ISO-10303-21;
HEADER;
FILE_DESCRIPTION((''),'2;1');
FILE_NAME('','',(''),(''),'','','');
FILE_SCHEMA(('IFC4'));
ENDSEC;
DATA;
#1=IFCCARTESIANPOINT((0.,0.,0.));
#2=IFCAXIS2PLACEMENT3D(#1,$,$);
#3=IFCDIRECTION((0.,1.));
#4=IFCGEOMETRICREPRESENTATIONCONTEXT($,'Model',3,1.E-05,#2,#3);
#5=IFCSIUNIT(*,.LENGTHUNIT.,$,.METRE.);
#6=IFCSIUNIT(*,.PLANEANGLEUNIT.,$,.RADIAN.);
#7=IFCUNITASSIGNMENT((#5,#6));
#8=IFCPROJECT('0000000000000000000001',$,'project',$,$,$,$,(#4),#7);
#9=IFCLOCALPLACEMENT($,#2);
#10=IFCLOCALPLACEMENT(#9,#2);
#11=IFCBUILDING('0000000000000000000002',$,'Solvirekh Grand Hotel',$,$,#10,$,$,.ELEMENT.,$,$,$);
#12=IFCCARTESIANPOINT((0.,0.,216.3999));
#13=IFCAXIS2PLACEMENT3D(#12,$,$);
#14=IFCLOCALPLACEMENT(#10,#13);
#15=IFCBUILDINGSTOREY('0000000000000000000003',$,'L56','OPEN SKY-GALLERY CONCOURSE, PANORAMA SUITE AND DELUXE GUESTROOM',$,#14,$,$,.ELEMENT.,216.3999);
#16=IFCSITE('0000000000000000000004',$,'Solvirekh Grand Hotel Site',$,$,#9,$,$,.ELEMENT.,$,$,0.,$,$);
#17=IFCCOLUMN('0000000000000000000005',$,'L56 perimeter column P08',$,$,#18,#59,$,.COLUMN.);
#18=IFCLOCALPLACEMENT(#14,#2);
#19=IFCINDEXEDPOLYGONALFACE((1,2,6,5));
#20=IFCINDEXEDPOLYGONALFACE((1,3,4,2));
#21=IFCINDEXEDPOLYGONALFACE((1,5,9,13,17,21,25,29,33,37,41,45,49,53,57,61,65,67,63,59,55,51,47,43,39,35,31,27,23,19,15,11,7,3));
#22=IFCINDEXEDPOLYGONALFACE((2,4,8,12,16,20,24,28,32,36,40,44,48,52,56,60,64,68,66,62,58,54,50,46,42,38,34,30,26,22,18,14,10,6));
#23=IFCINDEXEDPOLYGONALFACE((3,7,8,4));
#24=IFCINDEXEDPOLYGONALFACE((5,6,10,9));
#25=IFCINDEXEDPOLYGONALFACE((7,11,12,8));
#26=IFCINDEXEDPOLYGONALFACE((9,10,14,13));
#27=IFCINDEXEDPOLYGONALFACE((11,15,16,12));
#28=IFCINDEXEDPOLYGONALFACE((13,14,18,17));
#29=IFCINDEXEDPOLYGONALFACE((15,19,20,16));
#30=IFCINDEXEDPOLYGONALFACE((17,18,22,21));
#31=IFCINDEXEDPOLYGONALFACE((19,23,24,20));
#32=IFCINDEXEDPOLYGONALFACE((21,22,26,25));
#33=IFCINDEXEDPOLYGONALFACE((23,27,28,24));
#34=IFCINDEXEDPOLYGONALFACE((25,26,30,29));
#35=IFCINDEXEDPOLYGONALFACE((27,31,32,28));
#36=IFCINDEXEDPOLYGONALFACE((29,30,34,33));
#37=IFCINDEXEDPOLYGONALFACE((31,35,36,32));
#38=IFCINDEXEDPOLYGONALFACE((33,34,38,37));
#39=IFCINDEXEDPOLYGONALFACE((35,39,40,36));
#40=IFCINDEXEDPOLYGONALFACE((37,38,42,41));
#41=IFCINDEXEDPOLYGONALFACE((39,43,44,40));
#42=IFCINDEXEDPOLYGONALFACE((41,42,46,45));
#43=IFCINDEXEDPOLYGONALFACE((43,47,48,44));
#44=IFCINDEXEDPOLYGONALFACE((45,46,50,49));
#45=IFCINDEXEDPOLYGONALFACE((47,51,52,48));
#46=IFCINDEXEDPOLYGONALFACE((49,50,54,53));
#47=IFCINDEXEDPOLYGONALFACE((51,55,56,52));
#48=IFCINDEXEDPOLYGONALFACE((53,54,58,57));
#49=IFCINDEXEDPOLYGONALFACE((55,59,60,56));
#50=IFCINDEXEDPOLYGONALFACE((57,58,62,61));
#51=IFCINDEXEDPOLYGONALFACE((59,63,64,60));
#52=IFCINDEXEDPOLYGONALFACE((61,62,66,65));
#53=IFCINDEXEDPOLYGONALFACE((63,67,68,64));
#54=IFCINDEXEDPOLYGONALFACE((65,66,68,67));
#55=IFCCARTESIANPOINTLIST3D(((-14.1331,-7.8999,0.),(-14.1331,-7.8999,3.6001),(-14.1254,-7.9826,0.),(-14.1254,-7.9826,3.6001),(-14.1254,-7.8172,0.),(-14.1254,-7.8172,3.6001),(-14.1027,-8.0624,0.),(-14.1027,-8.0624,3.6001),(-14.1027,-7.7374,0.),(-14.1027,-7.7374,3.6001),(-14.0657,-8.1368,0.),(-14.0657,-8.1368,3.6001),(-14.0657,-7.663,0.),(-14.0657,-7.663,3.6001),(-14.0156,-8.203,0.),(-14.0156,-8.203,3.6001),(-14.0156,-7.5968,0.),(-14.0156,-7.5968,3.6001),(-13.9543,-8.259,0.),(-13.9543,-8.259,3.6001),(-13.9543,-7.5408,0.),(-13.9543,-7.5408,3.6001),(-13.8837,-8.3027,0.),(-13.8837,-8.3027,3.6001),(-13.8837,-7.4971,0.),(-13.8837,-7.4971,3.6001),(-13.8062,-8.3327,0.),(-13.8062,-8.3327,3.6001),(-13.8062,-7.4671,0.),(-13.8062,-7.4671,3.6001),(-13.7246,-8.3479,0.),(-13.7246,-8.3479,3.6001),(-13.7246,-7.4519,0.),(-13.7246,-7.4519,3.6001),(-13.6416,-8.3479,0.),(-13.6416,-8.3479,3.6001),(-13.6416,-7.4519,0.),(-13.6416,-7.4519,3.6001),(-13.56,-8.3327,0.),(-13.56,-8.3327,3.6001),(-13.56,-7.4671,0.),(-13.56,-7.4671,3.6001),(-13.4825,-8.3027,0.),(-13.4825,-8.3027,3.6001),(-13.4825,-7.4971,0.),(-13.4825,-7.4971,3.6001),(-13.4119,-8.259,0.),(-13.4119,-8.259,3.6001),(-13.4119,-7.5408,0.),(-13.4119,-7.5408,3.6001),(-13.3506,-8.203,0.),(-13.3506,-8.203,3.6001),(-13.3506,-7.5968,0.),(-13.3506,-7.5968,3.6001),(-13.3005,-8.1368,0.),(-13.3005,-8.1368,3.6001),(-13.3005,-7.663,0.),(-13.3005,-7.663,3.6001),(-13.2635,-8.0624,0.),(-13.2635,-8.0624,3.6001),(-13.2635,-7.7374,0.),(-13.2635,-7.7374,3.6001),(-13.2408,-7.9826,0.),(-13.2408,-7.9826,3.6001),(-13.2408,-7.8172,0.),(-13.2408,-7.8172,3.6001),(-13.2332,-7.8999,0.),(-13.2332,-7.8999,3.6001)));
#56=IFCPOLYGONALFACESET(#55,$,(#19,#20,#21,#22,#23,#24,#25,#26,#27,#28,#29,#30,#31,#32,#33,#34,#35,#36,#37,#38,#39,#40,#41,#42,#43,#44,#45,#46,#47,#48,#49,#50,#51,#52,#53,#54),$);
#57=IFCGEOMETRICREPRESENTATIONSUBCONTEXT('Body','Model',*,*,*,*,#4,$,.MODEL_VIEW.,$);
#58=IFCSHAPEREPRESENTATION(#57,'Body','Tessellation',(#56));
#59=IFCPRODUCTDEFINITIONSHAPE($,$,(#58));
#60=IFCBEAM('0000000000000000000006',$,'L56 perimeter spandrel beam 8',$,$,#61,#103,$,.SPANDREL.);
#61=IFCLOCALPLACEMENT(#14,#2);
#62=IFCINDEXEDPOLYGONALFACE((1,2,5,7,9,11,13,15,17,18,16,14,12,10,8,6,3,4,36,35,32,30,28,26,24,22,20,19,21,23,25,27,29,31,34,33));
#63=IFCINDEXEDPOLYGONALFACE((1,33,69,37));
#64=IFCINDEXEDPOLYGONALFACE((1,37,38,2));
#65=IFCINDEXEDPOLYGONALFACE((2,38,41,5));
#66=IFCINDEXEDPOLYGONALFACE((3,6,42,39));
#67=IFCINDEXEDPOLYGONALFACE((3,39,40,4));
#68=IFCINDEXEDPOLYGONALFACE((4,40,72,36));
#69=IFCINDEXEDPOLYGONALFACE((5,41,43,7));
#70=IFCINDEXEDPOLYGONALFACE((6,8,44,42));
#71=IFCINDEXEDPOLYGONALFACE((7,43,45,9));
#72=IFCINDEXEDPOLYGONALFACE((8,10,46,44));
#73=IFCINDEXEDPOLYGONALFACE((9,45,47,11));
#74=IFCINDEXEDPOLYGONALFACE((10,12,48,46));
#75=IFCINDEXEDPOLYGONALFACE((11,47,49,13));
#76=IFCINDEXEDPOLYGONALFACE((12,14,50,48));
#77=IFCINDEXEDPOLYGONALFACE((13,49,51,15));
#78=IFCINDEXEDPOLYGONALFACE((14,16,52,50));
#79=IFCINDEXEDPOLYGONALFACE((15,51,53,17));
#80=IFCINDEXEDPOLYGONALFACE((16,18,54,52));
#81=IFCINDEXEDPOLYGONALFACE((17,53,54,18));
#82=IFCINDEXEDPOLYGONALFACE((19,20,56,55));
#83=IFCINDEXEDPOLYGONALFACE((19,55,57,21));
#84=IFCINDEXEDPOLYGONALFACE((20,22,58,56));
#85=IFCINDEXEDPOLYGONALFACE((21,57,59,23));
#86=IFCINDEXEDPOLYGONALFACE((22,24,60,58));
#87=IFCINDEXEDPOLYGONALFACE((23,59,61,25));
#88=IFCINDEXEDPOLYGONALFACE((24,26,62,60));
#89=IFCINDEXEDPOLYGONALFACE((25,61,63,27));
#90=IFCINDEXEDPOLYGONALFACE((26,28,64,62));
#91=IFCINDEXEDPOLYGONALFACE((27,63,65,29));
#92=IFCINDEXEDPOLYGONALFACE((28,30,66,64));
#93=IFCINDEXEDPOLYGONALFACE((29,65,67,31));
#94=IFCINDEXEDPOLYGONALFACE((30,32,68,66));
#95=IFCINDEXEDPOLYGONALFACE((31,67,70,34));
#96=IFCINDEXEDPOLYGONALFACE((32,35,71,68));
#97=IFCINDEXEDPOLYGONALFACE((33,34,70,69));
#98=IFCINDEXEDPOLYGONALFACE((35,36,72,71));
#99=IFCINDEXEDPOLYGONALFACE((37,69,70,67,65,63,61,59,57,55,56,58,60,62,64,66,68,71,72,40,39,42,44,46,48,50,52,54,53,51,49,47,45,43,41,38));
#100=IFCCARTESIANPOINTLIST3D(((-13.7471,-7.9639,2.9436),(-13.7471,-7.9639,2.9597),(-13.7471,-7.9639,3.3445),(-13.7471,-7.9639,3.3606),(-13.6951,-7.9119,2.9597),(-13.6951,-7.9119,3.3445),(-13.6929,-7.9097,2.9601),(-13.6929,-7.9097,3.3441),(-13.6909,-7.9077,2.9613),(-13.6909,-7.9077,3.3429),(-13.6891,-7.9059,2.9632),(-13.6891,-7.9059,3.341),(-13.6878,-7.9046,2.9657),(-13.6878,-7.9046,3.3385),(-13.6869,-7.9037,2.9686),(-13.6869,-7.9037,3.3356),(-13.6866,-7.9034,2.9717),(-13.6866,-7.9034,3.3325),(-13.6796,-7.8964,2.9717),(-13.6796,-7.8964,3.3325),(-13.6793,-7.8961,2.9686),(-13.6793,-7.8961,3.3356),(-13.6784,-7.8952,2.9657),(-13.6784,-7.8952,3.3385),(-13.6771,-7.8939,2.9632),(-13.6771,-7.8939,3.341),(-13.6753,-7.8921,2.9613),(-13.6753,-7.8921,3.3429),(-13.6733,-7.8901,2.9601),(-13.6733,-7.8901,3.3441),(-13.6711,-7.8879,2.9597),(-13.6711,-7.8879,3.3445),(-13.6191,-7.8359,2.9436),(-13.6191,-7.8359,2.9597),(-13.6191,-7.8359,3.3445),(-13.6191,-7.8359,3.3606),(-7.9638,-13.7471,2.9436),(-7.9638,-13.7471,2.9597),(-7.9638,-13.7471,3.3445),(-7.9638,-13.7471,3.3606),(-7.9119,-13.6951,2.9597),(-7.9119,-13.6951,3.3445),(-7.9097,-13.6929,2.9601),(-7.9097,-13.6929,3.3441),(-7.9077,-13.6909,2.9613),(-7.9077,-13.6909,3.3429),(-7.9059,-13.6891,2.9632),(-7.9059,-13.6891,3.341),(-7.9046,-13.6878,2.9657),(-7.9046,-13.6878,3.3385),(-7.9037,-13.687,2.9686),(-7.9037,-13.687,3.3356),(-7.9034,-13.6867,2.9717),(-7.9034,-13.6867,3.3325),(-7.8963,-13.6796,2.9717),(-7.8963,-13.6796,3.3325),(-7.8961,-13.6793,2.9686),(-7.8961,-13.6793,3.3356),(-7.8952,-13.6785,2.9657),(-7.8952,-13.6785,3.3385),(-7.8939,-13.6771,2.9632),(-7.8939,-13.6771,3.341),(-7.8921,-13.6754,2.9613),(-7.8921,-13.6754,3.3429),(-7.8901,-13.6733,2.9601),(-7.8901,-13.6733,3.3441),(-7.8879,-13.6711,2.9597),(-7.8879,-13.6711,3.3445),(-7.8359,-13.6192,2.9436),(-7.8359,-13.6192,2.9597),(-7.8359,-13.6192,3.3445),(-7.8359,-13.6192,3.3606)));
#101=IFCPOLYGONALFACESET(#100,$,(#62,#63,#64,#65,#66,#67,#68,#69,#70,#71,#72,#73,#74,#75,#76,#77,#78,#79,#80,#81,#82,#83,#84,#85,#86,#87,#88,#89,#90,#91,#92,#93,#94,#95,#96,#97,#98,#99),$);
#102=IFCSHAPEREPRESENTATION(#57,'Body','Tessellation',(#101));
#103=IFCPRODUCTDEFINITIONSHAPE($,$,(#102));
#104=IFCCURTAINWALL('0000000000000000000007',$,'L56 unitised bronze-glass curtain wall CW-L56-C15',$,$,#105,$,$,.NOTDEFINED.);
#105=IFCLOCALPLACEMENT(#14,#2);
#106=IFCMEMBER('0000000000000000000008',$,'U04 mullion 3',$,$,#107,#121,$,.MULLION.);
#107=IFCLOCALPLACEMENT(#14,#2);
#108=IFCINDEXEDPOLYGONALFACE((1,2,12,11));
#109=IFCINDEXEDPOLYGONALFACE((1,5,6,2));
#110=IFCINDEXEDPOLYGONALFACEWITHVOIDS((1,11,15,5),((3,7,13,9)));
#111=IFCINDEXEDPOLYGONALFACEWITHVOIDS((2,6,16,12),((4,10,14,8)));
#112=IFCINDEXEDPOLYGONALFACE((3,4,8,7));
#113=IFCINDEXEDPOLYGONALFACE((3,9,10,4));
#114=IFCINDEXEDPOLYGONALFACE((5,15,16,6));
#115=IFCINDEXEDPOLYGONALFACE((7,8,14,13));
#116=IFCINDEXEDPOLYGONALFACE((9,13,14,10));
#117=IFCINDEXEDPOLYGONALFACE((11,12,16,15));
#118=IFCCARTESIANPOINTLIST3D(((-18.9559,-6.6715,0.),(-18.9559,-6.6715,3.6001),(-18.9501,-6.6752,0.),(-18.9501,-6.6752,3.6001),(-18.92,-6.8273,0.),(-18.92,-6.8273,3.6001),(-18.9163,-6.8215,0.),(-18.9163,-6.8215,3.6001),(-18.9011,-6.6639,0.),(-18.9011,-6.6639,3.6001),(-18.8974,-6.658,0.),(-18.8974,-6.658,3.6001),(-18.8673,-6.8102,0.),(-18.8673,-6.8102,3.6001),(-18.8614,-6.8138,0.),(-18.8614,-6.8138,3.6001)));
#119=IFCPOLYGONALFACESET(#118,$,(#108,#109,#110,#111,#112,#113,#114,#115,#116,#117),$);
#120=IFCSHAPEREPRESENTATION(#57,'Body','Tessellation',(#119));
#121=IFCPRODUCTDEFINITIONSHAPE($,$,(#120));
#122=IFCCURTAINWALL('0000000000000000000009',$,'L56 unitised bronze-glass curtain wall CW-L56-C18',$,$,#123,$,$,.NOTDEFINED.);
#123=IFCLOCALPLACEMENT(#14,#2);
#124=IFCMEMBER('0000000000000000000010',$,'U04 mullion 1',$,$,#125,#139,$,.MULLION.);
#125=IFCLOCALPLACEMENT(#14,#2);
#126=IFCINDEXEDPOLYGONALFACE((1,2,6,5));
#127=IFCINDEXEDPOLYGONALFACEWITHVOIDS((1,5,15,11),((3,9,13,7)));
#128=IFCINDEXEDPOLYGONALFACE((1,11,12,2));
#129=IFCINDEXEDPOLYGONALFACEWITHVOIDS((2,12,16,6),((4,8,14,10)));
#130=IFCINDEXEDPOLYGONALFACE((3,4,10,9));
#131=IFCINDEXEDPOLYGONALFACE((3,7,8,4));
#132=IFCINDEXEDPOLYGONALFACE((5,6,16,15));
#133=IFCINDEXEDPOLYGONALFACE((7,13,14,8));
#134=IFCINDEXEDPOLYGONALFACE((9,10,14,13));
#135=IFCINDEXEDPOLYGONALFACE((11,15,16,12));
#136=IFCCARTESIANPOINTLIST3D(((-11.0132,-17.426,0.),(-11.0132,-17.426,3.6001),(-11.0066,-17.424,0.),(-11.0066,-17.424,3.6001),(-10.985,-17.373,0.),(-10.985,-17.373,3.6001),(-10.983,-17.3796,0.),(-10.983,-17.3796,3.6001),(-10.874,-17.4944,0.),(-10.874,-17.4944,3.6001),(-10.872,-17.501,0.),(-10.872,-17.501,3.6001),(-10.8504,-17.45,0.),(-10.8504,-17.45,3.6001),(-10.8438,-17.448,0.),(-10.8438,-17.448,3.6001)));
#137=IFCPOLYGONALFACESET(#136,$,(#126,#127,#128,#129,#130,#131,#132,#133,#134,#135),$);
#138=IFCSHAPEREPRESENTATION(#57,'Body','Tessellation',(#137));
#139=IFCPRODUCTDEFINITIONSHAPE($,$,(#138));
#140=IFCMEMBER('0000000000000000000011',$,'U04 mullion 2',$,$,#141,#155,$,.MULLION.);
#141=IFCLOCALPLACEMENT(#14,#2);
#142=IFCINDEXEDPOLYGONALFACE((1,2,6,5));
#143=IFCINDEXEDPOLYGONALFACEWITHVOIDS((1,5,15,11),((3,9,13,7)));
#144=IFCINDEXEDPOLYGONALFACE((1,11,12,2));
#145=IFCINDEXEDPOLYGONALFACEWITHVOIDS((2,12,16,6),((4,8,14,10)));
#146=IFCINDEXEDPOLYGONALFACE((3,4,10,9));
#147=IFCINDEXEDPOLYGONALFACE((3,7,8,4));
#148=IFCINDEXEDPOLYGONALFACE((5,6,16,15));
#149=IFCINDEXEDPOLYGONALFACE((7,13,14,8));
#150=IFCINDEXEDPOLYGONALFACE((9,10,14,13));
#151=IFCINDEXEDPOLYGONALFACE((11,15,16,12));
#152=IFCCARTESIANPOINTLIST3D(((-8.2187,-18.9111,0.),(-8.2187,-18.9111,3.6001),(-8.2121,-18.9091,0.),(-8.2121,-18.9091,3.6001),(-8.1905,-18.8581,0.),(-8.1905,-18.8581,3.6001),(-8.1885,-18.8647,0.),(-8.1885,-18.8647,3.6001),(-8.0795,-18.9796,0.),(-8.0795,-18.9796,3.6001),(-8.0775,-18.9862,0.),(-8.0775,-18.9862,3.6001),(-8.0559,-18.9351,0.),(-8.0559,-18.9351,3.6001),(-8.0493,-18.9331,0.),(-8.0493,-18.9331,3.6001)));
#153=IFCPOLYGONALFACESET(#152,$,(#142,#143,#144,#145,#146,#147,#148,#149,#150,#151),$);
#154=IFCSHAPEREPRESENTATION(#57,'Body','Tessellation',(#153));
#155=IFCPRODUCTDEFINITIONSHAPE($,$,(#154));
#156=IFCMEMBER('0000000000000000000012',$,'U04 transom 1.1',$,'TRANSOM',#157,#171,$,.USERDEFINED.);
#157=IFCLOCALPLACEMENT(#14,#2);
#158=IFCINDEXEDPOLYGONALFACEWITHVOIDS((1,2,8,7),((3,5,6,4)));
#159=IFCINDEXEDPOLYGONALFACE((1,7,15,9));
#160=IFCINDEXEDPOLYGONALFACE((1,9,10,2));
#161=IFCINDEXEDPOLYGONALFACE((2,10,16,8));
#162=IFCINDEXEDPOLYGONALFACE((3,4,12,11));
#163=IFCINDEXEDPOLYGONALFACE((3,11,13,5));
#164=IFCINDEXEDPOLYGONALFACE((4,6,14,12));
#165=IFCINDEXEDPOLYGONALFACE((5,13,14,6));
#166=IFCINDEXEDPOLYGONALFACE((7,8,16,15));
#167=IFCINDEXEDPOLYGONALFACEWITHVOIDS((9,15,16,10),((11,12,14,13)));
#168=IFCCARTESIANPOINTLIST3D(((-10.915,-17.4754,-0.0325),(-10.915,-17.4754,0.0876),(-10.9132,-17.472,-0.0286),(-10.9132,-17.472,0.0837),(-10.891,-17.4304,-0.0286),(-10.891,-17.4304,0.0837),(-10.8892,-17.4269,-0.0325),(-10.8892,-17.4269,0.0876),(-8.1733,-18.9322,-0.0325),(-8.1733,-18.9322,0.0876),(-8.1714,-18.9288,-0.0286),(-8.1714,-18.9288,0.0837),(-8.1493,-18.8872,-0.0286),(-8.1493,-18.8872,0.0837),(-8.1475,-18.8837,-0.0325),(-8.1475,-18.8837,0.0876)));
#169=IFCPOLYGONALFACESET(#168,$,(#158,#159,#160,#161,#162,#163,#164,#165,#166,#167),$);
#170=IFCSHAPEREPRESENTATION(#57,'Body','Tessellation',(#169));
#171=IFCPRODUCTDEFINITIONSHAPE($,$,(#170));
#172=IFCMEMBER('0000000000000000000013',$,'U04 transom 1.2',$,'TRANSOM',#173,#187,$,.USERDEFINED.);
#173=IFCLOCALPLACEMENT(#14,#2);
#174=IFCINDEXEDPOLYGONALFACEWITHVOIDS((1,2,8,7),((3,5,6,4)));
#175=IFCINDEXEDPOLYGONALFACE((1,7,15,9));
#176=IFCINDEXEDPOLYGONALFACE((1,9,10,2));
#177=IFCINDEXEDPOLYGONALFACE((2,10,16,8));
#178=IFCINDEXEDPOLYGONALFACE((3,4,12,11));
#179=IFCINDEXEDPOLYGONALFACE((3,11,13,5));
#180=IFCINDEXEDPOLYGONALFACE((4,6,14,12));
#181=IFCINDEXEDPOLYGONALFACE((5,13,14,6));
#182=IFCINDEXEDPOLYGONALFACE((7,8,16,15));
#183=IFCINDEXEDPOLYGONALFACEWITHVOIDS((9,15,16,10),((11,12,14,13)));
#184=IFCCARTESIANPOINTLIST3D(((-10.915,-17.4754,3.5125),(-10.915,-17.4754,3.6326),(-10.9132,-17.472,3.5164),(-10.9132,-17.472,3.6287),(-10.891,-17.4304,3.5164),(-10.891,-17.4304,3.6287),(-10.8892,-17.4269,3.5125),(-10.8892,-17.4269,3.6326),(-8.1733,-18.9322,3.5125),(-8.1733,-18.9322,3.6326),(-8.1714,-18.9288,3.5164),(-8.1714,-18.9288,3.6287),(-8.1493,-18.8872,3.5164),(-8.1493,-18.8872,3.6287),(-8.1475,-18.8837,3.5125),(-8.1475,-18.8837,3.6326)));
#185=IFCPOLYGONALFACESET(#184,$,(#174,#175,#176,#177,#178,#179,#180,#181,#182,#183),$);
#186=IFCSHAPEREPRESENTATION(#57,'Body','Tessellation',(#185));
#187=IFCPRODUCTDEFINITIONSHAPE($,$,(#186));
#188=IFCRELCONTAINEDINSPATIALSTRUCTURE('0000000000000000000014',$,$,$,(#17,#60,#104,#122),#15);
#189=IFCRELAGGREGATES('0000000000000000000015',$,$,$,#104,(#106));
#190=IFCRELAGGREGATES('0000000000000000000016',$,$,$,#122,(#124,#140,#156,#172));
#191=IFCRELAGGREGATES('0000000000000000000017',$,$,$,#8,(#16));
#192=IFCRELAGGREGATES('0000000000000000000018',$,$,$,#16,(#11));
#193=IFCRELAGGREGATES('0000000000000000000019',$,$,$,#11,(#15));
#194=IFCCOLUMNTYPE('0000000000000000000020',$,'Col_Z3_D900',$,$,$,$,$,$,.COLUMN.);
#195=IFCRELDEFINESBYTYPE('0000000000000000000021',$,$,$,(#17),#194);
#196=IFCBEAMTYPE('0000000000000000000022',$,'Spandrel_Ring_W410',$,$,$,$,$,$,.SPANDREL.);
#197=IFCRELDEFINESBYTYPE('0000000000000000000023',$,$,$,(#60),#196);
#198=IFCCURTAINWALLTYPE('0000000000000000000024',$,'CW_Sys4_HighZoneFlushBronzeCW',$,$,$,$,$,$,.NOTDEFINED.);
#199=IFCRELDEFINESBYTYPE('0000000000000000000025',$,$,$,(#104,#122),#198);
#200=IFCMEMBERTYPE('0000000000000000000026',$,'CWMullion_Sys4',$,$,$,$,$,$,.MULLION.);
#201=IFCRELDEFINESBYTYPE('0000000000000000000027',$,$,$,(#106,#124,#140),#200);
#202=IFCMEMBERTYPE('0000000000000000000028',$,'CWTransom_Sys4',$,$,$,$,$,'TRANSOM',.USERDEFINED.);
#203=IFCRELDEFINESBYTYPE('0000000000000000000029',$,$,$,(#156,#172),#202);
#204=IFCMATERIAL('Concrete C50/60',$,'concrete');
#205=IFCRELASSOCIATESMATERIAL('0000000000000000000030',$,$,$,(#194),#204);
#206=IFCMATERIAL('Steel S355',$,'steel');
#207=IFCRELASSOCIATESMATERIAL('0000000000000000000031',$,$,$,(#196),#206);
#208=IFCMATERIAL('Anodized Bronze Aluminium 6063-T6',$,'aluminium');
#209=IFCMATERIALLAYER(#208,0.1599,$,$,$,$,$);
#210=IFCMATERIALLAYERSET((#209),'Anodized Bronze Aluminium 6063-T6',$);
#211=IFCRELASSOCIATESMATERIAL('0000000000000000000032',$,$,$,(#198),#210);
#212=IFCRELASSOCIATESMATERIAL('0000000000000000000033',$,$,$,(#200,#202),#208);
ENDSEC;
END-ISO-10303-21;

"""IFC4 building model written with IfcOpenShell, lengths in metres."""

from ifc_helpers import new_model, si_unit, direction, frame, origin, origin_2d, place, context, subcontext, project, spatial, hollow_rectangle, circle, i_section, extrude, source, transform, mapped, material, layer, layer_set, material_profile, profile_set, type_object, element, aggregate, save


model = new_model("IFC4")

# Units and contexts
model_context = context("Model", 3, precision=1e-05, world=origin(), true_north=direction((0.0, 1.0)))
body_context = subcontext(model_context, "Body", "Model", "MODEL_VIEW")
ifc_project = project(units=[si_unit("LENGTHUNIT", "METRE"), si_unit("PLANEANGLEUNIT", "RADIAN")], contexts=[model_context])

# Site, building, storey
site_placement = place(None, origin())
site = spatial("IfcSite", under=ifc_project, at=site_placement, Name="Solvirekh Grand Hotel Site", CompositionType="ELEMENT", RefElevation=0.0)
building_placement = place(site_placement, origin())
building = spatial("IfcBuilding", under=site, at=building_placement, Name="Solvirekh Grand Hotel", CompositionType="ELEMENT")
storey_placement = place(building_placement, frame((0.0, 0.0, 216.3999)))
storey = spatial("IfcBuildingStorey", under=building, at=storey_placement, Name="L56", Description="OPEN SKY-GALLERY CONCOURSE, PANORAMA SUITE AND DELUXE GUESTROOM", CompositionType="ELEMENT", Elevation=216.3999)

# Column
ifc_material_1 = material(Name="Concrete C50/60", Category="concrete")
ifc_material_profile_1 = material_profile(ifc_material_1, circle(Radius=0.45, at=origin_2d()), Name="RC CIRC D900")
ifc_profile_set_1 = profile_set([ifc_material_profile_1], Name="Concrete C50/60")
column_type = type_object("IfcColumnType", Name="Col_Z3_D900", PredefinedType="COLUMN", material=ifc_profile_set_1)
column_placement = place(storey_placement, frame((-13.6831, -7.8999, 0.0), z_axis=(0.0, 0.0, 1.0), x_axis=(1.0, 0.0, 0.0)))
element("IfcColumn", 1, at=column_placement, inside=storey, type_object=column_type, Name="L56 perimeter column P08", PredefinedType="COLUMN", context=body_context, shape_type="SweptSolid", body=[
    extrude(circle(Radius=0.45, at=origin_2d()), origin(), (0.0, 0.0, 1.0), 3.6001),
])

# Beam
ifc_material_2 = material(Name="Steel S355", Category="steel")
ifc_material_profile_2 = material_profile(ifc_material_2, i_section(OverallWidth=0.1809, OverallDepth=0.417, WebThickness=0.01, FlangeThickness=0.0161, FilletRadius=0.012, at=origin_2d()), Name="W410X85")
ifc_profile_set_2 = profile_set([ifc_material_profile_2], Name="Steel S355")
beam_type = type_object("IfcBeamType", Name="Spandrel_Ring_W410", PredefinedType="SPANDREL", material=ifc_profile_set_2)
beam_placement = place(storey_placement, frame((-13.6831, -7.8999, 3.1521), z_axis=(0.707107, -0.707107, 0.0), x_axis=(0.707107, 0.707107, 0.0)))
element("IfcBeam", 2, at=beam_placement, inside=storey, type_object=beam_type, Name="L56 perimeter spandrel beam 8", PredefinedType="SPANDREL", context=body_context, shape_type="SweptSolid", body=[
    extrude(i_section(OverallWidth=0.1809, OverallDepth=0.417, WebThickness=0.01, FlangeThickness=0.0161, FilletRadius=0.012, at=origin_2d()), origin(), (0.0, 0.0, 1.0), 8.1787),
])

# Curtain wall, member
ifc_material_3 = material(Name="Anodized Bronze Aluminium 6063-T6", Category="aluminium")
ifc_layer_1 = layer(ifc_material_3, 0.1599)
ifc_layer_set_1 = layer_set([ifc_layer_1], Name="Anodized Bronze Aluminium 6063-T6")
curtain_wall_type = type_object("IfcCurtainWallType", Name="CW_Sys4_HighZoneFlushBronzeCW", PredefinedType="NOTDEFINED", material=ifc_layer_set_1)
curtain_wall_1_placement = place(storey_placement, origin())
curtain_wall_1 = element("IfcCurtainWall", 3, at=curtain_wall_1_placement, inside=storey, type_object=curtain_wall_type, Name="L56 unitised bronze-glass curtain wall CW-L56-C15", PredefinedType="NOTDEFINED")
ifc_material_profile_3 = material_profile(ifc_material_3, hollow_rectangle(XDim=0.0601, YDim=0.1599, WallThickness=0.0049, at=origin_2d()), Name="ALU RHS 160X60X5")
ifc_profile_set_3 = profile_set([ifc_material_profile_3], Name="Anodized Bronze Aluminium 6063-T6")
member_type_1 = type_object("IfcMemberType", Name="CWMullion_Sys4", PredefinedType="MULLION", material=ifc_profile_set_3)
shared_shape_1 = source(origin(), body_context, "Body", "SweptSolid", [
    extrude(hollow_rectangle(XDim=0.0601, YDim=0.1599, WallThickness=0.0049, at=origin_2d()), origin(), (0.0, 0.0, 1.0), 3.6001),
])
member_1_placement = place(storey_placement, frame((-18.9087, -6.7427, 0.0), z_axis=(0.0, 0.0, 1.0), x_axis=(0.974346, 0.225053, 0.0)))
member_1 = element("IfcMember", 4, at=member_1_placement, type_object=member_type_1, Name="U04 mullion 3", PredefinedType="MULLION", context=body_context, shape_type="MappedRepresentation", body=[
    mapped(shared_shape_1, transform((0.0, 0.0, 0.0), x_axis=(1.0, 0.0, 0.0), y_axis=(0.0, 1.0, 0.0), z_axis=(0.0, 0.0, 1.0), scale=1.0)),
])
aggregate(curtain_wall_1, [member_1])

# Curtain wall, members
curtain_wall_2_placement = place(storey_placement, origin())
curtain_wall_2 = element("IfcCurtainWall", 5, at=curtain_wall_2_placement, inside=storey, type_object=curtain_wall_type, Name="L56 unitised bronze-glass curtain wall CW-L56-C18", PredefinedType="NOTDEFINED")
member_2_placement = place(storey_placement, frame((-10.9285, -17.437, 0.0), z_axis=(0.0, 0.0, 1.0), x_axis=(0.469239, 0.883071, 0.0)))
member_2 = element("IfcMember", 6, at=member_2_placement, type_object=member_type_1, Name="U04 mullion 1", PredefinedType="MULLION", context=body_context, shape_type="MappedRepresentation", body=[
    mapped(shared_shape_1, transform((0.0, 0.0, 0.0), x_axis=(1.0, 0.0, 0.0), y_axis=(0.0, 1.0, 0.0), z_axis=(0.0, 0.0, 1.0), scale=1.0)),
])
member_3_placement = place(storey_placement, frame((-8.134, -18.9221, 0.0), z_axis=(0.0, 0.0, 1.0), x_axis=(0.469239, 0.883071, 0.0)))
member_3 = element("IfcMember", 7, at=member_3_placement, type_object=member_type_1, Name="U04 mullion 2", PredefinedType="MULLION", context=body_context, shape_type="MappedRepresentation", body=[
    mapped(shared_shape_1, transform((0.0, 0.0, 0.0), x_axis=(1.0, 0.0, 0.0), y_axis=(0.0, 1.0, 0.0), z_axis=(0.0, 0.0, 1.0), scale=1.0)),
])
ifc_material_profile_4 = material_profile(ifc_material_3, hollow_rectangle(XDim=0.0549, YDim=0.1201, WallThickness=0.0039, at=origin_2d()), Name="ALU RHS 120X55X4")
ifc_profile_set_4 = profile_set([ifc_material_profile_4], Name="Anodized Bronze Aluminium 6063-T6")
member_type_2 = type_object("IfcMemberType", Name="CWTransom_Sys4", ElementType="TRANSOM", PredefinedType="USERDEFINED", material=ifc_profile_set_4)
shared_shape_2 = source(origin(), body_context, "Body", "SweptSolid", [
    extrude(hollow_rectangle(XDim=0.0549, YDim=0.1201, WallThickness=0.0039, at=origin_2d()), origin(), (0.0, 0.0, 1.0), 3.1047),
])
member_4_placement = place(storey_placement, frame((-10.9021, -17.4512, 0.0276), z_axis=(0.883081, -0.46922, 0.0), x_axis=(0.46922, 0.883081, 0.0)))
member_4 = element("IfcMember", 8, at=member_4_placement, type_object=member_type_2, Name="U04 transom 1.1", ObjectType="TRANSOM", PredefinedType="USERDEFINED", context=body_context, shape_type="MappedRepresentation", body=[
    mapped(shared_shape_2, transform((0.0, 0.0, 0.0), x_axis=(1.0, 0.0, 0.0), y_axis=(0.0, 1.0, 0.0), z_axis=(0.0, 0.0, 1.0), scale=1.0)),
])
member_5_placement = place(storey_placement, frame((-10.9021, -17.4512, 3.5725), z_axis=(0.883081, -0.46922, 0.0), x_axis=(0.46922, 0.883081, 0.0)))
member_5 = element("IfcMember", 9, at=member_5_placement, type_object=member_type_2, Name="U04 transom 1.2", ObjectType="TRANSOM", PredefinedType="USERDEFINED", context=body_context, shape_type="MappedRepresentation", body=[
    mapped(shared_shape_2, transform((0.0, 0.0, 0.0), x_axis=(1.0, 0.0, 0.0), y_axis=(0.0, 1.0, 0.0), z_axis=(0.0, 0.0, 1.0), scale=1.0)),
])
aggregate(curtain_wall_2, [member_2, member_3, member_4, member_5])

save(model, "model.ifc")
